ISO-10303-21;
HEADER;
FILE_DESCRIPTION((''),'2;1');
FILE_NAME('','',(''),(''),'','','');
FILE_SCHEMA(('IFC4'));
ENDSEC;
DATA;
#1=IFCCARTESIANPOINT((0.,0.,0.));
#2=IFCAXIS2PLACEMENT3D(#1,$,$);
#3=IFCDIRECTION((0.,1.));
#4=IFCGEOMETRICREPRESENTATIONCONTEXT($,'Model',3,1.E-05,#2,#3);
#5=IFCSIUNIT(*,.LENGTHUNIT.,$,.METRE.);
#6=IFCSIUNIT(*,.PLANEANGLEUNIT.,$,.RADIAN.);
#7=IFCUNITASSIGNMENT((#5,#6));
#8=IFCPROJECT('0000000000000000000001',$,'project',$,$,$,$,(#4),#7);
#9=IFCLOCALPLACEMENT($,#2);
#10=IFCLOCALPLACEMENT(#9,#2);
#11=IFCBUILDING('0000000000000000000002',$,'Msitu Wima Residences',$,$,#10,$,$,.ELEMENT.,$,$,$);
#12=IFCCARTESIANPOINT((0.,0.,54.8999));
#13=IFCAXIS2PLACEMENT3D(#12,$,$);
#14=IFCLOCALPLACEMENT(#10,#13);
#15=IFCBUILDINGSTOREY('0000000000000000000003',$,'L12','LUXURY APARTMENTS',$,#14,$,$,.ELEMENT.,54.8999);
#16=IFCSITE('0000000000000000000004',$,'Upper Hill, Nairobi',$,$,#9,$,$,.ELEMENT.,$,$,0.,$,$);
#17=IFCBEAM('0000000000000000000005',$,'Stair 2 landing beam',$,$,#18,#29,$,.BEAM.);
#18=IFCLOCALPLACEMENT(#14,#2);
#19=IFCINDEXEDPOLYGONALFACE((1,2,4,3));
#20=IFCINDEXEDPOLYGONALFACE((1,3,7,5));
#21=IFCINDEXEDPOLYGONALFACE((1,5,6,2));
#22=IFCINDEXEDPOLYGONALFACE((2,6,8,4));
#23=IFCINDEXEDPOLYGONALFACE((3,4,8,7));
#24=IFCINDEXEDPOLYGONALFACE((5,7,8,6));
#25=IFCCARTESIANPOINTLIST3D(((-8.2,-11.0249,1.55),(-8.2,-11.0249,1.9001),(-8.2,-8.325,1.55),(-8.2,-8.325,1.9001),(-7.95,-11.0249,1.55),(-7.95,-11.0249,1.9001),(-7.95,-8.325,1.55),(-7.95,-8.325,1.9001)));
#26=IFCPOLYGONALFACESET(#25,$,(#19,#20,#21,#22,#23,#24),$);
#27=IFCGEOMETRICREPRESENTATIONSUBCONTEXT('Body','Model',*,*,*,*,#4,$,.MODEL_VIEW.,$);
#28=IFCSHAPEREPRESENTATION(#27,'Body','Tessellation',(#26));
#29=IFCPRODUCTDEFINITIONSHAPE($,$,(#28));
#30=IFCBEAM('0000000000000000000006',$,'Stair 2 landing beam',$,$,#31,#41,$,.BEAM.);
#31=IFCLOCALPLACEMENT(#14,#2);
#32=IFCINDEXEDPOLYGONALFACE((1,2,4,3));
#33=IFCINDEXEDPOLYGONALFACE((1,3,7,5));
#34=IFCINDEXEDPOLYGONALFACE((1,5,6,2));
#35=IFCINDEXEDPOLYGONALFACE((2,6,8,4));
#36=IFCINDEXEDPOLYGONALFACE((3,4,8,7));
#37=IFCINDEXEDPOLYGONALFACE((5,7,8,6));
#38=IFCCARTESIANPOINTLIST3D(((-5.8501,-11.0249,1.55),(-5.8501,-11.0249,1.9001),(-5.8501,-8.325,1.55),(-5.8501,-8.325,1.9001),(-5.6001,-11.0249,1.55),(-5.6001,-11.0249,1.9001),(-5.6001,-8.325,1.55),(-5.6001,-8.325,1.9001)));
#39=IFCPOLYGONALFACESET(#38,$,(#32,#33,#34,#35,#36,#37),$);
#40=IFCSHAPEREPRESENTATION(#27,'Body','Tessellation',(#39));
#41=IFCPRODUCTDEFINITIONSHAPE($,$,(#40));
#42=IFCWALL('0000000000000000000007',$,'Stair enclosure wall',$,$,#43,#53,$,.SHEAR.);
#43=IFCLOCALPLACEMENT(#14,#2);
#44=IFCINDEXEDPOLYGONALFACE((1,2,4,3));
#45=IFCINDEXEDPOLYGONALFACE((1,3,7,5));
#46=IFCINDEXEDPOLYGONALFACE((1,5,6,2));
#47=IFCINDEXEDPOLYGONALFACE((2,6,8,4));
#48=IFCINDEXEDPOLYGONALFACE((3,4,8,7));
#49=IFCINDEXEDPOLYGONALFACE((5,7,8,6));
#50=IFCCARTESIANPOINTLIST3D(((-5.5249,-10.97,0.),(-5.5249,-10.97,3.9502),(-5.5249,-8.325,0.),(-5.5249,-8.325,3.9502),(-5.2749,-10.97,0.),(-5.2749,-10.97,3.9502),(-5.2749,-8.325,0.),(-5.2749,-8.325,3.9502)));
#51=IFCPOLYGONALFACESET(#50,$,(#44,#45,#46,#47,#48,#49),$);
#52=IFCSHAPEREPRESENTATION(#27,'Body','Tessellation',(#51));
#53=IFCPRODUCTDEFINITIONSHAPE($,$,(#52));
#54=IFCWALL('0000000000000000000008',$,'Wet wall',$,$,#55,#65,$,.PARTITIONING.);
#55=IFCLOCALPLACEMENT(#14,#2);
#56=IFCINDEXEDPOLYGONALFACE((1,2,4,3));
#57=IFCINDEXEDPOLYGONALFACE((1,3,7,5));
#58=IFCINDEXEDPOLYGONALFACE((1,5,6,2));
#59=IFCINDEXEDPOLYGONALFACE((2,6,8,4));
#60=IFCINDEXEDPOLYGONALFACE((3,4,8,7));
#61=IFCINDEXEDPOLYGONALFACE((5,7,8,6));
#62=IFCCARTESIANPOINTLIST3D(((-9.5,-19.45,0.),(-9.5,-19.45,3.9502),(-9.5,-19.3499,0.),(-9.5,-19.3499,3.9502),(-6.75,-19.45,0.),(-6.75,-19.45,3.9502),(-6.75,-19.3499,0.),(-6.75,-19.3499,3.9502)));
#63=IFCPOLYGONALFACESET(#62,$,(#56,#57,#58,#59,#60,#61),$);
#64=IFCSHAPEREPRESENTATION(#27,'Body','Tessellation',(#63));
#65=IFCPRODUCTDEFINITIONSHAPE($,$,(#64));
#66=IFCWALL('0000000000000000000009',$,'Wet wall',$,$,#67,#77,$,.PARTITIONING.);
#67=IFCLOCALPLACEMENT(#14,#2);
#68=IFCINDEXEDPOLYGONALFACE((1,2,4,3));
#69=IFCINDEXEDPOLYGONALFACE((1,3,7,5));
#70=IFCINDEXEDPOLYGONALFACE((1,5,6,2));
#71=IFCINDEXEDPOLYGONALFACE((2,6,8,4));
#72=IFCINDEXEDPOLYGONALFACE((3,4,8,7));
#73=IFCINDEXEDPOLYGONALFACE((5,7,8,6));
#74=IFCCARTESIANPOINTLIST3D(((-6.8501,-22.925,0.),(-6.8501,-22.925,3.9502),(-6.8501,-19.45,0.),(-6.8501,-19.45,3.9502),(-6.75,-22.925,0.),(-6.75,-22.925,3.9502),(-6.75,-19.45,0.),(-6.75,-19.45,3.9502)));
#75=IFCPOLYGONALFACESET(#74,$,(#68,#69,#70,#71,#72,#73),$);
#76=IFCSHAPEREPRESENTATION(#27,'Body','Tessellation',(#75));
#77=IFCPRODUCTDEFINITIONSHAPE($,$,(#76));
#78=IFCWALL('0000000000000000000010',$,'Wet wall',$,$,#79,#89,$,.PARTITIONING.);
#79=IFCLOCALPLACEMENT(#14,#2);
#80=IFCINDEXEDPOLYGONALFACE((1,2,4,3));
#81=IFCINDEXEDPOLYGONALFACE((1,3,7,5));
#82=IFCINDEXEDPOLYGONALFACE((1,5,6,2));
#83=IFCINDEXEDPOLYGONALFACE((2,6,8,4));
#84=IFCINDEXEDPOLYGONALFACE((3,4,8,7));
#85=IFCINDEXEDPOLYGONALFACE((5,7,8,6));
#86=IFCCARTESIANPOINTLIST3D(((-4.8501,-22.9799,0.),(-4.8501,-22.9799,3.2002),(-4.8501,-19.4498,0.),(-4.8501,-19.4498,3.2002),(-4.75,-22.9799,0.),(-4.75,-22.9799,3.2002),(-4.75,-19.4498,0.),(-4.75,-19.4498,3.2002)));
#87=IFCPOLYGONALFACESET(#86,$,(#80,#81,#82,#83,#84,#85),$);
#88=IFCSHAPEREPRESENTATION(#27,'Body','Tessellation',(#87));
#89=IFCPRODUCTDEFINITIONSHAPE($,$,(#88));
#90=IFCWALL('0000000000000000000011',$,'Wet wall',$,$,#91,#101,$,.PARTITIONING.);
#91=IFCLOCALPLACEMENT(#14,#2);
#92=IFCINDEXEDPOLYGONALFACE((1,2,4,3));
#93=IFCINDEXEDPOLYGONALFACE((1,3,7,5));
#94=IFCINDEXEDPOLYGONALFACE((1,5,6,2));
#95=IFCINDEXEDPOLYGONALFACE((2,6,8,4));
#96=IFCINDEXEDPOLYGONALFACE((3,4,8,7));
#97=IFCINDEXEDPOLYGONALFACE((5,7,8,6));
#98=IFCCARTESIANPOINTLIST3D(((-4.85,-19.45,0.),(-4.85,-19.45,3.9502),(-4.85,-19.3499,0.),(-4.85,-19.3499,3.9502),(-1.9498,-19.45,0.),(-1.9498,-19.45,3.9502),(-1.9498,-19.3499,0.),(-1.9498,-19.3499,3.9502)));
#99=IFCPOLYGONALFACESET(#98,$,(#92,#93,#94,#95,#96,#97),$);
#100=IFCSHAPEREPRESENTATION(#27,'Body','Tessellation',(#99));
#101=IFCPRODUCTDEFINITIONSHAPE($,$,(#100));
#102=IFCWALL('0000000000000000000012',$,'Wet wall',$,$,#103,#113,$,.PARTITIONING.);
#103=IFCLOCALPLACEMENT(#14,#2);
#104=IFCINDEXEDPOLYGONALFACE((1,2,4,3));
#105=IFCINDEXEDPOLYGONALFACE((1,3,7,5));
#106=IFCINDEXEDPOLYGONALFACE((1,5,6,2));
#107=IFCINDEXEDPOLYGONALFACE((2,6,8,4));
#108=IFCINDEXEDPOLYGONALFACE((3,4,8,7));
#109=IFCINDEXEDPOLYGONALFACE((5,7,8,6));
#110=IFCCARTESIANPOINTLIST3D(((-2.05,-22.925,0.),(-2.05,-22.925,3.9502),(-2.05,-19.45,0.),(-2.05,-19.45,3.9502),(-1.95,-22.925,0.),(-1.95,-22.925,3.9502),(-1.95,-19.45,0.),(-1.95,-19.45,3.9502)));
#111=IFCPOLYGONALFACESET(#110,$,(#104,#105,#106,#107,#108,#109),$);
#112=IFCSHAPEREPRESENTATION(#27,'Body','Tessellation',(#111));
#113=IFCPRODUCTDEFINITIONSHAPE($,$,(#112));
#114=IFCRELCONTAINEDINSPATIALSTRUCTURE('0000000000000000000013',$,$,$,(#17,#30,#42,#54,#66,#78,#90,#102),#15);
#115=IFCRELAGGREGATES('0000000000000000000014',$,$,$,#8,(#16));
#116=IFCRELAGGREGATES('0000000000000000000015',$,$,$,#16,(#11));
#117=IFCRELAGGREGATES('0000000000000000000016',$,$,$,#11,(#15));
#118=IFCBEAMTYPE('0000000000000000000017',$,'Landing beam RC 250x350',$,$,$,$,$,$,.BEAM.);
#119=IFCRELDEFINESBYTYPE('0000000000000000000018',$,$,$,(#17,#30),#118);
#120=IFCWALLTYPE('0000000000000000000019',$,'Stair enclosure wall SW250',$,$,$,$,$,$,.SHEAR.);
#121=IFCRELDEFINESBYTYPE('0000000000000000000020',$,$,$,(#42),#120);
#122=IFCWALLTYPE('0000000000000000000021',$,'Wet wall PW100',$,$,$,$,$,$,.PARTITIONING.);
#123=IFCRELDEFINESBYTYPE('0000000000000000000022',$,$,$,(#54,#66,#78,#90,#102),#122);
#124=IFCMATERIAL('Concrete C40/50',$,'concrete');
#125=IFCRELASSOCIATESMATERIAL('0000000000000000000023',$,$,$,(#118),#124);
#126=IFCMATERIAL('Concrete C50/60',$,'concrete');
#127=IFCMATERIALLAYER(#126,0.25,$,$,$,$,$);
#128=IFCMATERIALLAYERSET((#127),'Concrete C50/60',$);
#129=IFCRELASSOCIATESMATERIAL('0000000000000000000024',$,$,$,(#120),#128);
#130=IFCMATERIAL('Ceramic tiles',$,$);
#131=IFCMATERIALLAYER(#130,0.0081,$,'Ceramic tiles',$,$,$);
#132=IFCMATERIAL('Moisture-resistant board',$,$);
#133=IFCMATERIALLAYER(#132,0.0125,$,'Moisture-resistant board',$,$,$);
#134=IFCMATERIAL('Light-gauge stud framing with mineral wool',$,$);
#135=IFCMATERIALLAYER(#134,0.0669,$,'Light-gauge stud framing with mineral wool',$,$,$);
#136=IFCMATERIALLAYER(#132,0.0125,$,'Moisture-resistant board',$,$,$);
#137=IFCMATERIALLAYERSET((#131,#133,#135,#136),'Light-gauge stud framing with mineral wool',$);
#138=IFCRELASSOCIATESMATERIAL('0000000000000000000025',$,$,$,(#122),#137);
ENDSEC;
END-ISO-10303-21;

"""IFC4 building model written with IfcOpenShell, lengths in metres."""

from ifc_helpers import new_model, si_unit, direction, frame, frame_2d, origin, origin_2d, place, context, subcontext, project, spatial, rectangle, extrude, material, layer, layer_set, material_profile, profile_set, type_object, element, save


model = new_model("IFC4")

# Units and contexts
model_context = context("Model", 3, precision=1e-05, world=origin(), true_north=direction((0.0, 1.0)))
body_context = subcontext(model_context, "Body", "Model", "MODEL_VIEW")
ifc_project = project(units=[si_unit("LENGTHUNIT", "METRE"), si_unit("PLANEANGLEUNIT", "RADIAN")], contexts=[model_context])

# Site, building, storey
site_placement = place(None, origin())
site = spatial("IfcSite", under=ifc_project, at=site_placement, Name="Upper Hill, Nairobi", CompositionType="ELEMENT", RefElevation=0.0)
building_placement = place(site_placement, origin())
building = spatial("IfcBuilding", under=site, at=building_placement, Name="Msitu Wima Residences", CompositionType="ELEMENT")
storey_placement = place(building_placement, frame((0.0, 0.0, 54.8999)))
storey = spatial("IfcBuildingStorey", under=building, at=storey_placement, Name="L12", Description="LUXURY APARTMENTS", CompositionType="ELEMENT", Elevation=54.8999)

# Beams
ifc_material_1 = material(Name="Concrete C40/50", Category="concrete")
ifc_material_profile = material_profile(ifc_material_1, rectangle(XDim=0.25, YDim=0.3501, at=origin_2d()), Name="RC 250x350")
ifc_profile_set = profile_set([ifc_material_profile], Name="Concrete C40/50")
beam_type = type_object("IfcBeamType", Name="Landing beam RC 250x350", PredefinedType="BEAM", material=ifc_profile_set)
for number, where, z_axis, x_axis, name in (
    (1, (-8.075, -11.0249, 1.7251), (0.0, 1.0, 0.0), (-1.0, 0.0, 0.0), "Stair 2 landing beam"),
    (2, (-5.7251, -11.0249, 1.7251), (0.0, 1.0, 0.0), (-1.0, 0.0, 0.0), "Stair 2 landing beam"),
):
    element("IfcBeam", number, at=place(storey_placement, frame(where, z_axis=z_axis, x_axis=x_axis)), inside=storey, type_object=beam_type, Name=name, PredefinedType="BEAM", context=body_context, shape_type="SweptSolid", body=[
        extrude(rectangle(XDim=0.25, YDim=0.3501, at=origin_2d()), origin(), (0.0, 0.0, 1.0), 2.7),
    ])

# Walls
ifc_material_2 = material(Name="Concrete C50/60", Category="concrete")
ifc_layer_1 = layer(ifc_material_2, 0.25)
ifc_layer_set_1 = layer_set([ifc_layer_1], Name="Concrete C50/60")
wall_type_1 = type_object("IfcWallType", Name="Stair enclosure wall SW250", PredefinedType="SHEAR", material=ifc_layer_set_1)
wall_1_placement = place(storey_placement, frame((-5.3999, -10.97, 0.0), z_axis=(0.0, 0.0, 1.0), x_axis=(0.0, 1.0, 0.0)))
element("IfcWall", 3, at=wall_1_placement, inside=storey, type_object=wall_type_1, Name="Stair enclosure wall", PredefinedType="SHEAR", context=body_context, shape_type="SweptSolid", body=[
    extrude(rectangle(XDim=2.645, YDim=0.25, at=frame_2d((1.3225, 0.0))), origin(), (0.0, 0.0, 1.0), 3.9502),
])
ifc_material_3 = material(Name="Ceramic tiles")
ifc_layer_2 = layer(ifc_material_3, 0.0081, Name="Ceramic tiles")
ifc_material_4 = material(Name="Moisture-resistant board")
ifc_layer_3 = layer(ifc_material_4, 0.0125, Name="Moisture-resistant board")
ifc_material_5 = material(Name="Light-gauge stud framing with mineral wool")
ifc_layer_4 = layer(ifc_material_5, 0.0669, Name="Light-gauge stud framing with mineral wool")
ifc_layer_5 = layer(ifc_material_4, 0.0125, Name="Moisture-resistant board")
ifc_layer_set_2 = layer_set([ifc_layer_2, ifc_layer_3, ifc_layer_4, ifc_layer_5], Name="Light-gauge stud framing with mineral wool")
wall_type_2 = type_object("IfcWallType", Name="Wet wall PW100", PredefinedType="PARTITIONING", material=ifc_layer_set_2)
wall_2_placement = place(storey_placement, frame((-9.5, -19.3999, 0.0), z_axis=(0.0, 0.0, 1.0), x_axis=(1.0, 0.0, 0.0)))
element("IfcWall", 4, at=wall_2_placement, inside=storey, type_object=wall_type_2, Name="Wet wall", PredefinedType="PARTITIONING", context=body_context, shape_type="SweptSolid", body=[
    extrude(rectangle(XDim=2.75, YDim=0.1001, at=frame_2d((1.375, 0.0))), origin(), (0.0, 0.0, 1.0), 3.9502),
])
wall_3_placement = place(storey_placement, frame((-6.8, -22.925, 0.0), z_axis=(0.0, 0.0, 1.0), x_axis=(0.0, 1.0, 0.0)))
element("IfcWall", 5, at=wall_3_placement, inside=storey, type_object=wall_type_2, Name="Wet wall", PredefinedType="PARTITIONING", context=body_context, shape_type="SweptSolid", body=[
    extrude(rectangle(XDim=3.4751, YDim=0.1001, at=frame_2d((1.7375, 0.0))), origin(), (0.0, 0.0, 1.0), 3.9502),
])
wall_4_placement = place(storey_placement, frame((-4.8, -22.98, 0.0), z_axis=(0.0, 0.0, 1.0), x_axis=(0.0, 1.0, 0.0)))
element("IfcWall", 6, at=wall_4_placement, inside=storey, type_object=wall_type_2, Name="Wet wall", PredefinedType="PARTITIONING", context=body_context, shape_type="SweptSolid", body=[
    extrude(rectangle(XDim=3.53, YDim=0.1001, at=frame_2d((1.7651, 0.0))), origin(), (0.0, 0.0, 1.0), 3.2002),
])
wall_5_placement = place(storey_placement, frame((-4.8501, -19.3999, 0.0), z_axis=(0.0, 0.0, 1.0), x_axis=(1.0, 0.0, 0.0)))
element("IfcWall", 7, at=wall_5_placement, inside=storey, type_object=wall_type_2, Name="Wet wall", PredefinedType="PARTITIONING", context=body_context, shape_type="SweptSolid", body=[
    extrude(rectangle(XDim=2.9001, YDim=0.1001, at=frame_2d((1.4502, 0.0))), origin(), (0.0, 0.0, 1.0), 3.9502),
])
wall_6_placement = place(storey_placement, frame((-2.0, -22.925, 0.0), z_axis=(0.0, 0.0, 1.0), x_axis=(0.0, 1.0, 0.0)))
element("IfcWall", 8, at=wall_6_placement, inside=storey, type_object=wall_type_2, Name="Wet wall", PredefinedType="PARTITIONING", context=body_context, shape_type="SweptSolid", body=[
    extrude(rectangle(XDim=3.4751, YDim=0.1001, at=frame_2d((1.7375, 0.0))), origin(), (0.0, 0.0, 1.0), 3.9502),
])

save(model, "model.ifc")
